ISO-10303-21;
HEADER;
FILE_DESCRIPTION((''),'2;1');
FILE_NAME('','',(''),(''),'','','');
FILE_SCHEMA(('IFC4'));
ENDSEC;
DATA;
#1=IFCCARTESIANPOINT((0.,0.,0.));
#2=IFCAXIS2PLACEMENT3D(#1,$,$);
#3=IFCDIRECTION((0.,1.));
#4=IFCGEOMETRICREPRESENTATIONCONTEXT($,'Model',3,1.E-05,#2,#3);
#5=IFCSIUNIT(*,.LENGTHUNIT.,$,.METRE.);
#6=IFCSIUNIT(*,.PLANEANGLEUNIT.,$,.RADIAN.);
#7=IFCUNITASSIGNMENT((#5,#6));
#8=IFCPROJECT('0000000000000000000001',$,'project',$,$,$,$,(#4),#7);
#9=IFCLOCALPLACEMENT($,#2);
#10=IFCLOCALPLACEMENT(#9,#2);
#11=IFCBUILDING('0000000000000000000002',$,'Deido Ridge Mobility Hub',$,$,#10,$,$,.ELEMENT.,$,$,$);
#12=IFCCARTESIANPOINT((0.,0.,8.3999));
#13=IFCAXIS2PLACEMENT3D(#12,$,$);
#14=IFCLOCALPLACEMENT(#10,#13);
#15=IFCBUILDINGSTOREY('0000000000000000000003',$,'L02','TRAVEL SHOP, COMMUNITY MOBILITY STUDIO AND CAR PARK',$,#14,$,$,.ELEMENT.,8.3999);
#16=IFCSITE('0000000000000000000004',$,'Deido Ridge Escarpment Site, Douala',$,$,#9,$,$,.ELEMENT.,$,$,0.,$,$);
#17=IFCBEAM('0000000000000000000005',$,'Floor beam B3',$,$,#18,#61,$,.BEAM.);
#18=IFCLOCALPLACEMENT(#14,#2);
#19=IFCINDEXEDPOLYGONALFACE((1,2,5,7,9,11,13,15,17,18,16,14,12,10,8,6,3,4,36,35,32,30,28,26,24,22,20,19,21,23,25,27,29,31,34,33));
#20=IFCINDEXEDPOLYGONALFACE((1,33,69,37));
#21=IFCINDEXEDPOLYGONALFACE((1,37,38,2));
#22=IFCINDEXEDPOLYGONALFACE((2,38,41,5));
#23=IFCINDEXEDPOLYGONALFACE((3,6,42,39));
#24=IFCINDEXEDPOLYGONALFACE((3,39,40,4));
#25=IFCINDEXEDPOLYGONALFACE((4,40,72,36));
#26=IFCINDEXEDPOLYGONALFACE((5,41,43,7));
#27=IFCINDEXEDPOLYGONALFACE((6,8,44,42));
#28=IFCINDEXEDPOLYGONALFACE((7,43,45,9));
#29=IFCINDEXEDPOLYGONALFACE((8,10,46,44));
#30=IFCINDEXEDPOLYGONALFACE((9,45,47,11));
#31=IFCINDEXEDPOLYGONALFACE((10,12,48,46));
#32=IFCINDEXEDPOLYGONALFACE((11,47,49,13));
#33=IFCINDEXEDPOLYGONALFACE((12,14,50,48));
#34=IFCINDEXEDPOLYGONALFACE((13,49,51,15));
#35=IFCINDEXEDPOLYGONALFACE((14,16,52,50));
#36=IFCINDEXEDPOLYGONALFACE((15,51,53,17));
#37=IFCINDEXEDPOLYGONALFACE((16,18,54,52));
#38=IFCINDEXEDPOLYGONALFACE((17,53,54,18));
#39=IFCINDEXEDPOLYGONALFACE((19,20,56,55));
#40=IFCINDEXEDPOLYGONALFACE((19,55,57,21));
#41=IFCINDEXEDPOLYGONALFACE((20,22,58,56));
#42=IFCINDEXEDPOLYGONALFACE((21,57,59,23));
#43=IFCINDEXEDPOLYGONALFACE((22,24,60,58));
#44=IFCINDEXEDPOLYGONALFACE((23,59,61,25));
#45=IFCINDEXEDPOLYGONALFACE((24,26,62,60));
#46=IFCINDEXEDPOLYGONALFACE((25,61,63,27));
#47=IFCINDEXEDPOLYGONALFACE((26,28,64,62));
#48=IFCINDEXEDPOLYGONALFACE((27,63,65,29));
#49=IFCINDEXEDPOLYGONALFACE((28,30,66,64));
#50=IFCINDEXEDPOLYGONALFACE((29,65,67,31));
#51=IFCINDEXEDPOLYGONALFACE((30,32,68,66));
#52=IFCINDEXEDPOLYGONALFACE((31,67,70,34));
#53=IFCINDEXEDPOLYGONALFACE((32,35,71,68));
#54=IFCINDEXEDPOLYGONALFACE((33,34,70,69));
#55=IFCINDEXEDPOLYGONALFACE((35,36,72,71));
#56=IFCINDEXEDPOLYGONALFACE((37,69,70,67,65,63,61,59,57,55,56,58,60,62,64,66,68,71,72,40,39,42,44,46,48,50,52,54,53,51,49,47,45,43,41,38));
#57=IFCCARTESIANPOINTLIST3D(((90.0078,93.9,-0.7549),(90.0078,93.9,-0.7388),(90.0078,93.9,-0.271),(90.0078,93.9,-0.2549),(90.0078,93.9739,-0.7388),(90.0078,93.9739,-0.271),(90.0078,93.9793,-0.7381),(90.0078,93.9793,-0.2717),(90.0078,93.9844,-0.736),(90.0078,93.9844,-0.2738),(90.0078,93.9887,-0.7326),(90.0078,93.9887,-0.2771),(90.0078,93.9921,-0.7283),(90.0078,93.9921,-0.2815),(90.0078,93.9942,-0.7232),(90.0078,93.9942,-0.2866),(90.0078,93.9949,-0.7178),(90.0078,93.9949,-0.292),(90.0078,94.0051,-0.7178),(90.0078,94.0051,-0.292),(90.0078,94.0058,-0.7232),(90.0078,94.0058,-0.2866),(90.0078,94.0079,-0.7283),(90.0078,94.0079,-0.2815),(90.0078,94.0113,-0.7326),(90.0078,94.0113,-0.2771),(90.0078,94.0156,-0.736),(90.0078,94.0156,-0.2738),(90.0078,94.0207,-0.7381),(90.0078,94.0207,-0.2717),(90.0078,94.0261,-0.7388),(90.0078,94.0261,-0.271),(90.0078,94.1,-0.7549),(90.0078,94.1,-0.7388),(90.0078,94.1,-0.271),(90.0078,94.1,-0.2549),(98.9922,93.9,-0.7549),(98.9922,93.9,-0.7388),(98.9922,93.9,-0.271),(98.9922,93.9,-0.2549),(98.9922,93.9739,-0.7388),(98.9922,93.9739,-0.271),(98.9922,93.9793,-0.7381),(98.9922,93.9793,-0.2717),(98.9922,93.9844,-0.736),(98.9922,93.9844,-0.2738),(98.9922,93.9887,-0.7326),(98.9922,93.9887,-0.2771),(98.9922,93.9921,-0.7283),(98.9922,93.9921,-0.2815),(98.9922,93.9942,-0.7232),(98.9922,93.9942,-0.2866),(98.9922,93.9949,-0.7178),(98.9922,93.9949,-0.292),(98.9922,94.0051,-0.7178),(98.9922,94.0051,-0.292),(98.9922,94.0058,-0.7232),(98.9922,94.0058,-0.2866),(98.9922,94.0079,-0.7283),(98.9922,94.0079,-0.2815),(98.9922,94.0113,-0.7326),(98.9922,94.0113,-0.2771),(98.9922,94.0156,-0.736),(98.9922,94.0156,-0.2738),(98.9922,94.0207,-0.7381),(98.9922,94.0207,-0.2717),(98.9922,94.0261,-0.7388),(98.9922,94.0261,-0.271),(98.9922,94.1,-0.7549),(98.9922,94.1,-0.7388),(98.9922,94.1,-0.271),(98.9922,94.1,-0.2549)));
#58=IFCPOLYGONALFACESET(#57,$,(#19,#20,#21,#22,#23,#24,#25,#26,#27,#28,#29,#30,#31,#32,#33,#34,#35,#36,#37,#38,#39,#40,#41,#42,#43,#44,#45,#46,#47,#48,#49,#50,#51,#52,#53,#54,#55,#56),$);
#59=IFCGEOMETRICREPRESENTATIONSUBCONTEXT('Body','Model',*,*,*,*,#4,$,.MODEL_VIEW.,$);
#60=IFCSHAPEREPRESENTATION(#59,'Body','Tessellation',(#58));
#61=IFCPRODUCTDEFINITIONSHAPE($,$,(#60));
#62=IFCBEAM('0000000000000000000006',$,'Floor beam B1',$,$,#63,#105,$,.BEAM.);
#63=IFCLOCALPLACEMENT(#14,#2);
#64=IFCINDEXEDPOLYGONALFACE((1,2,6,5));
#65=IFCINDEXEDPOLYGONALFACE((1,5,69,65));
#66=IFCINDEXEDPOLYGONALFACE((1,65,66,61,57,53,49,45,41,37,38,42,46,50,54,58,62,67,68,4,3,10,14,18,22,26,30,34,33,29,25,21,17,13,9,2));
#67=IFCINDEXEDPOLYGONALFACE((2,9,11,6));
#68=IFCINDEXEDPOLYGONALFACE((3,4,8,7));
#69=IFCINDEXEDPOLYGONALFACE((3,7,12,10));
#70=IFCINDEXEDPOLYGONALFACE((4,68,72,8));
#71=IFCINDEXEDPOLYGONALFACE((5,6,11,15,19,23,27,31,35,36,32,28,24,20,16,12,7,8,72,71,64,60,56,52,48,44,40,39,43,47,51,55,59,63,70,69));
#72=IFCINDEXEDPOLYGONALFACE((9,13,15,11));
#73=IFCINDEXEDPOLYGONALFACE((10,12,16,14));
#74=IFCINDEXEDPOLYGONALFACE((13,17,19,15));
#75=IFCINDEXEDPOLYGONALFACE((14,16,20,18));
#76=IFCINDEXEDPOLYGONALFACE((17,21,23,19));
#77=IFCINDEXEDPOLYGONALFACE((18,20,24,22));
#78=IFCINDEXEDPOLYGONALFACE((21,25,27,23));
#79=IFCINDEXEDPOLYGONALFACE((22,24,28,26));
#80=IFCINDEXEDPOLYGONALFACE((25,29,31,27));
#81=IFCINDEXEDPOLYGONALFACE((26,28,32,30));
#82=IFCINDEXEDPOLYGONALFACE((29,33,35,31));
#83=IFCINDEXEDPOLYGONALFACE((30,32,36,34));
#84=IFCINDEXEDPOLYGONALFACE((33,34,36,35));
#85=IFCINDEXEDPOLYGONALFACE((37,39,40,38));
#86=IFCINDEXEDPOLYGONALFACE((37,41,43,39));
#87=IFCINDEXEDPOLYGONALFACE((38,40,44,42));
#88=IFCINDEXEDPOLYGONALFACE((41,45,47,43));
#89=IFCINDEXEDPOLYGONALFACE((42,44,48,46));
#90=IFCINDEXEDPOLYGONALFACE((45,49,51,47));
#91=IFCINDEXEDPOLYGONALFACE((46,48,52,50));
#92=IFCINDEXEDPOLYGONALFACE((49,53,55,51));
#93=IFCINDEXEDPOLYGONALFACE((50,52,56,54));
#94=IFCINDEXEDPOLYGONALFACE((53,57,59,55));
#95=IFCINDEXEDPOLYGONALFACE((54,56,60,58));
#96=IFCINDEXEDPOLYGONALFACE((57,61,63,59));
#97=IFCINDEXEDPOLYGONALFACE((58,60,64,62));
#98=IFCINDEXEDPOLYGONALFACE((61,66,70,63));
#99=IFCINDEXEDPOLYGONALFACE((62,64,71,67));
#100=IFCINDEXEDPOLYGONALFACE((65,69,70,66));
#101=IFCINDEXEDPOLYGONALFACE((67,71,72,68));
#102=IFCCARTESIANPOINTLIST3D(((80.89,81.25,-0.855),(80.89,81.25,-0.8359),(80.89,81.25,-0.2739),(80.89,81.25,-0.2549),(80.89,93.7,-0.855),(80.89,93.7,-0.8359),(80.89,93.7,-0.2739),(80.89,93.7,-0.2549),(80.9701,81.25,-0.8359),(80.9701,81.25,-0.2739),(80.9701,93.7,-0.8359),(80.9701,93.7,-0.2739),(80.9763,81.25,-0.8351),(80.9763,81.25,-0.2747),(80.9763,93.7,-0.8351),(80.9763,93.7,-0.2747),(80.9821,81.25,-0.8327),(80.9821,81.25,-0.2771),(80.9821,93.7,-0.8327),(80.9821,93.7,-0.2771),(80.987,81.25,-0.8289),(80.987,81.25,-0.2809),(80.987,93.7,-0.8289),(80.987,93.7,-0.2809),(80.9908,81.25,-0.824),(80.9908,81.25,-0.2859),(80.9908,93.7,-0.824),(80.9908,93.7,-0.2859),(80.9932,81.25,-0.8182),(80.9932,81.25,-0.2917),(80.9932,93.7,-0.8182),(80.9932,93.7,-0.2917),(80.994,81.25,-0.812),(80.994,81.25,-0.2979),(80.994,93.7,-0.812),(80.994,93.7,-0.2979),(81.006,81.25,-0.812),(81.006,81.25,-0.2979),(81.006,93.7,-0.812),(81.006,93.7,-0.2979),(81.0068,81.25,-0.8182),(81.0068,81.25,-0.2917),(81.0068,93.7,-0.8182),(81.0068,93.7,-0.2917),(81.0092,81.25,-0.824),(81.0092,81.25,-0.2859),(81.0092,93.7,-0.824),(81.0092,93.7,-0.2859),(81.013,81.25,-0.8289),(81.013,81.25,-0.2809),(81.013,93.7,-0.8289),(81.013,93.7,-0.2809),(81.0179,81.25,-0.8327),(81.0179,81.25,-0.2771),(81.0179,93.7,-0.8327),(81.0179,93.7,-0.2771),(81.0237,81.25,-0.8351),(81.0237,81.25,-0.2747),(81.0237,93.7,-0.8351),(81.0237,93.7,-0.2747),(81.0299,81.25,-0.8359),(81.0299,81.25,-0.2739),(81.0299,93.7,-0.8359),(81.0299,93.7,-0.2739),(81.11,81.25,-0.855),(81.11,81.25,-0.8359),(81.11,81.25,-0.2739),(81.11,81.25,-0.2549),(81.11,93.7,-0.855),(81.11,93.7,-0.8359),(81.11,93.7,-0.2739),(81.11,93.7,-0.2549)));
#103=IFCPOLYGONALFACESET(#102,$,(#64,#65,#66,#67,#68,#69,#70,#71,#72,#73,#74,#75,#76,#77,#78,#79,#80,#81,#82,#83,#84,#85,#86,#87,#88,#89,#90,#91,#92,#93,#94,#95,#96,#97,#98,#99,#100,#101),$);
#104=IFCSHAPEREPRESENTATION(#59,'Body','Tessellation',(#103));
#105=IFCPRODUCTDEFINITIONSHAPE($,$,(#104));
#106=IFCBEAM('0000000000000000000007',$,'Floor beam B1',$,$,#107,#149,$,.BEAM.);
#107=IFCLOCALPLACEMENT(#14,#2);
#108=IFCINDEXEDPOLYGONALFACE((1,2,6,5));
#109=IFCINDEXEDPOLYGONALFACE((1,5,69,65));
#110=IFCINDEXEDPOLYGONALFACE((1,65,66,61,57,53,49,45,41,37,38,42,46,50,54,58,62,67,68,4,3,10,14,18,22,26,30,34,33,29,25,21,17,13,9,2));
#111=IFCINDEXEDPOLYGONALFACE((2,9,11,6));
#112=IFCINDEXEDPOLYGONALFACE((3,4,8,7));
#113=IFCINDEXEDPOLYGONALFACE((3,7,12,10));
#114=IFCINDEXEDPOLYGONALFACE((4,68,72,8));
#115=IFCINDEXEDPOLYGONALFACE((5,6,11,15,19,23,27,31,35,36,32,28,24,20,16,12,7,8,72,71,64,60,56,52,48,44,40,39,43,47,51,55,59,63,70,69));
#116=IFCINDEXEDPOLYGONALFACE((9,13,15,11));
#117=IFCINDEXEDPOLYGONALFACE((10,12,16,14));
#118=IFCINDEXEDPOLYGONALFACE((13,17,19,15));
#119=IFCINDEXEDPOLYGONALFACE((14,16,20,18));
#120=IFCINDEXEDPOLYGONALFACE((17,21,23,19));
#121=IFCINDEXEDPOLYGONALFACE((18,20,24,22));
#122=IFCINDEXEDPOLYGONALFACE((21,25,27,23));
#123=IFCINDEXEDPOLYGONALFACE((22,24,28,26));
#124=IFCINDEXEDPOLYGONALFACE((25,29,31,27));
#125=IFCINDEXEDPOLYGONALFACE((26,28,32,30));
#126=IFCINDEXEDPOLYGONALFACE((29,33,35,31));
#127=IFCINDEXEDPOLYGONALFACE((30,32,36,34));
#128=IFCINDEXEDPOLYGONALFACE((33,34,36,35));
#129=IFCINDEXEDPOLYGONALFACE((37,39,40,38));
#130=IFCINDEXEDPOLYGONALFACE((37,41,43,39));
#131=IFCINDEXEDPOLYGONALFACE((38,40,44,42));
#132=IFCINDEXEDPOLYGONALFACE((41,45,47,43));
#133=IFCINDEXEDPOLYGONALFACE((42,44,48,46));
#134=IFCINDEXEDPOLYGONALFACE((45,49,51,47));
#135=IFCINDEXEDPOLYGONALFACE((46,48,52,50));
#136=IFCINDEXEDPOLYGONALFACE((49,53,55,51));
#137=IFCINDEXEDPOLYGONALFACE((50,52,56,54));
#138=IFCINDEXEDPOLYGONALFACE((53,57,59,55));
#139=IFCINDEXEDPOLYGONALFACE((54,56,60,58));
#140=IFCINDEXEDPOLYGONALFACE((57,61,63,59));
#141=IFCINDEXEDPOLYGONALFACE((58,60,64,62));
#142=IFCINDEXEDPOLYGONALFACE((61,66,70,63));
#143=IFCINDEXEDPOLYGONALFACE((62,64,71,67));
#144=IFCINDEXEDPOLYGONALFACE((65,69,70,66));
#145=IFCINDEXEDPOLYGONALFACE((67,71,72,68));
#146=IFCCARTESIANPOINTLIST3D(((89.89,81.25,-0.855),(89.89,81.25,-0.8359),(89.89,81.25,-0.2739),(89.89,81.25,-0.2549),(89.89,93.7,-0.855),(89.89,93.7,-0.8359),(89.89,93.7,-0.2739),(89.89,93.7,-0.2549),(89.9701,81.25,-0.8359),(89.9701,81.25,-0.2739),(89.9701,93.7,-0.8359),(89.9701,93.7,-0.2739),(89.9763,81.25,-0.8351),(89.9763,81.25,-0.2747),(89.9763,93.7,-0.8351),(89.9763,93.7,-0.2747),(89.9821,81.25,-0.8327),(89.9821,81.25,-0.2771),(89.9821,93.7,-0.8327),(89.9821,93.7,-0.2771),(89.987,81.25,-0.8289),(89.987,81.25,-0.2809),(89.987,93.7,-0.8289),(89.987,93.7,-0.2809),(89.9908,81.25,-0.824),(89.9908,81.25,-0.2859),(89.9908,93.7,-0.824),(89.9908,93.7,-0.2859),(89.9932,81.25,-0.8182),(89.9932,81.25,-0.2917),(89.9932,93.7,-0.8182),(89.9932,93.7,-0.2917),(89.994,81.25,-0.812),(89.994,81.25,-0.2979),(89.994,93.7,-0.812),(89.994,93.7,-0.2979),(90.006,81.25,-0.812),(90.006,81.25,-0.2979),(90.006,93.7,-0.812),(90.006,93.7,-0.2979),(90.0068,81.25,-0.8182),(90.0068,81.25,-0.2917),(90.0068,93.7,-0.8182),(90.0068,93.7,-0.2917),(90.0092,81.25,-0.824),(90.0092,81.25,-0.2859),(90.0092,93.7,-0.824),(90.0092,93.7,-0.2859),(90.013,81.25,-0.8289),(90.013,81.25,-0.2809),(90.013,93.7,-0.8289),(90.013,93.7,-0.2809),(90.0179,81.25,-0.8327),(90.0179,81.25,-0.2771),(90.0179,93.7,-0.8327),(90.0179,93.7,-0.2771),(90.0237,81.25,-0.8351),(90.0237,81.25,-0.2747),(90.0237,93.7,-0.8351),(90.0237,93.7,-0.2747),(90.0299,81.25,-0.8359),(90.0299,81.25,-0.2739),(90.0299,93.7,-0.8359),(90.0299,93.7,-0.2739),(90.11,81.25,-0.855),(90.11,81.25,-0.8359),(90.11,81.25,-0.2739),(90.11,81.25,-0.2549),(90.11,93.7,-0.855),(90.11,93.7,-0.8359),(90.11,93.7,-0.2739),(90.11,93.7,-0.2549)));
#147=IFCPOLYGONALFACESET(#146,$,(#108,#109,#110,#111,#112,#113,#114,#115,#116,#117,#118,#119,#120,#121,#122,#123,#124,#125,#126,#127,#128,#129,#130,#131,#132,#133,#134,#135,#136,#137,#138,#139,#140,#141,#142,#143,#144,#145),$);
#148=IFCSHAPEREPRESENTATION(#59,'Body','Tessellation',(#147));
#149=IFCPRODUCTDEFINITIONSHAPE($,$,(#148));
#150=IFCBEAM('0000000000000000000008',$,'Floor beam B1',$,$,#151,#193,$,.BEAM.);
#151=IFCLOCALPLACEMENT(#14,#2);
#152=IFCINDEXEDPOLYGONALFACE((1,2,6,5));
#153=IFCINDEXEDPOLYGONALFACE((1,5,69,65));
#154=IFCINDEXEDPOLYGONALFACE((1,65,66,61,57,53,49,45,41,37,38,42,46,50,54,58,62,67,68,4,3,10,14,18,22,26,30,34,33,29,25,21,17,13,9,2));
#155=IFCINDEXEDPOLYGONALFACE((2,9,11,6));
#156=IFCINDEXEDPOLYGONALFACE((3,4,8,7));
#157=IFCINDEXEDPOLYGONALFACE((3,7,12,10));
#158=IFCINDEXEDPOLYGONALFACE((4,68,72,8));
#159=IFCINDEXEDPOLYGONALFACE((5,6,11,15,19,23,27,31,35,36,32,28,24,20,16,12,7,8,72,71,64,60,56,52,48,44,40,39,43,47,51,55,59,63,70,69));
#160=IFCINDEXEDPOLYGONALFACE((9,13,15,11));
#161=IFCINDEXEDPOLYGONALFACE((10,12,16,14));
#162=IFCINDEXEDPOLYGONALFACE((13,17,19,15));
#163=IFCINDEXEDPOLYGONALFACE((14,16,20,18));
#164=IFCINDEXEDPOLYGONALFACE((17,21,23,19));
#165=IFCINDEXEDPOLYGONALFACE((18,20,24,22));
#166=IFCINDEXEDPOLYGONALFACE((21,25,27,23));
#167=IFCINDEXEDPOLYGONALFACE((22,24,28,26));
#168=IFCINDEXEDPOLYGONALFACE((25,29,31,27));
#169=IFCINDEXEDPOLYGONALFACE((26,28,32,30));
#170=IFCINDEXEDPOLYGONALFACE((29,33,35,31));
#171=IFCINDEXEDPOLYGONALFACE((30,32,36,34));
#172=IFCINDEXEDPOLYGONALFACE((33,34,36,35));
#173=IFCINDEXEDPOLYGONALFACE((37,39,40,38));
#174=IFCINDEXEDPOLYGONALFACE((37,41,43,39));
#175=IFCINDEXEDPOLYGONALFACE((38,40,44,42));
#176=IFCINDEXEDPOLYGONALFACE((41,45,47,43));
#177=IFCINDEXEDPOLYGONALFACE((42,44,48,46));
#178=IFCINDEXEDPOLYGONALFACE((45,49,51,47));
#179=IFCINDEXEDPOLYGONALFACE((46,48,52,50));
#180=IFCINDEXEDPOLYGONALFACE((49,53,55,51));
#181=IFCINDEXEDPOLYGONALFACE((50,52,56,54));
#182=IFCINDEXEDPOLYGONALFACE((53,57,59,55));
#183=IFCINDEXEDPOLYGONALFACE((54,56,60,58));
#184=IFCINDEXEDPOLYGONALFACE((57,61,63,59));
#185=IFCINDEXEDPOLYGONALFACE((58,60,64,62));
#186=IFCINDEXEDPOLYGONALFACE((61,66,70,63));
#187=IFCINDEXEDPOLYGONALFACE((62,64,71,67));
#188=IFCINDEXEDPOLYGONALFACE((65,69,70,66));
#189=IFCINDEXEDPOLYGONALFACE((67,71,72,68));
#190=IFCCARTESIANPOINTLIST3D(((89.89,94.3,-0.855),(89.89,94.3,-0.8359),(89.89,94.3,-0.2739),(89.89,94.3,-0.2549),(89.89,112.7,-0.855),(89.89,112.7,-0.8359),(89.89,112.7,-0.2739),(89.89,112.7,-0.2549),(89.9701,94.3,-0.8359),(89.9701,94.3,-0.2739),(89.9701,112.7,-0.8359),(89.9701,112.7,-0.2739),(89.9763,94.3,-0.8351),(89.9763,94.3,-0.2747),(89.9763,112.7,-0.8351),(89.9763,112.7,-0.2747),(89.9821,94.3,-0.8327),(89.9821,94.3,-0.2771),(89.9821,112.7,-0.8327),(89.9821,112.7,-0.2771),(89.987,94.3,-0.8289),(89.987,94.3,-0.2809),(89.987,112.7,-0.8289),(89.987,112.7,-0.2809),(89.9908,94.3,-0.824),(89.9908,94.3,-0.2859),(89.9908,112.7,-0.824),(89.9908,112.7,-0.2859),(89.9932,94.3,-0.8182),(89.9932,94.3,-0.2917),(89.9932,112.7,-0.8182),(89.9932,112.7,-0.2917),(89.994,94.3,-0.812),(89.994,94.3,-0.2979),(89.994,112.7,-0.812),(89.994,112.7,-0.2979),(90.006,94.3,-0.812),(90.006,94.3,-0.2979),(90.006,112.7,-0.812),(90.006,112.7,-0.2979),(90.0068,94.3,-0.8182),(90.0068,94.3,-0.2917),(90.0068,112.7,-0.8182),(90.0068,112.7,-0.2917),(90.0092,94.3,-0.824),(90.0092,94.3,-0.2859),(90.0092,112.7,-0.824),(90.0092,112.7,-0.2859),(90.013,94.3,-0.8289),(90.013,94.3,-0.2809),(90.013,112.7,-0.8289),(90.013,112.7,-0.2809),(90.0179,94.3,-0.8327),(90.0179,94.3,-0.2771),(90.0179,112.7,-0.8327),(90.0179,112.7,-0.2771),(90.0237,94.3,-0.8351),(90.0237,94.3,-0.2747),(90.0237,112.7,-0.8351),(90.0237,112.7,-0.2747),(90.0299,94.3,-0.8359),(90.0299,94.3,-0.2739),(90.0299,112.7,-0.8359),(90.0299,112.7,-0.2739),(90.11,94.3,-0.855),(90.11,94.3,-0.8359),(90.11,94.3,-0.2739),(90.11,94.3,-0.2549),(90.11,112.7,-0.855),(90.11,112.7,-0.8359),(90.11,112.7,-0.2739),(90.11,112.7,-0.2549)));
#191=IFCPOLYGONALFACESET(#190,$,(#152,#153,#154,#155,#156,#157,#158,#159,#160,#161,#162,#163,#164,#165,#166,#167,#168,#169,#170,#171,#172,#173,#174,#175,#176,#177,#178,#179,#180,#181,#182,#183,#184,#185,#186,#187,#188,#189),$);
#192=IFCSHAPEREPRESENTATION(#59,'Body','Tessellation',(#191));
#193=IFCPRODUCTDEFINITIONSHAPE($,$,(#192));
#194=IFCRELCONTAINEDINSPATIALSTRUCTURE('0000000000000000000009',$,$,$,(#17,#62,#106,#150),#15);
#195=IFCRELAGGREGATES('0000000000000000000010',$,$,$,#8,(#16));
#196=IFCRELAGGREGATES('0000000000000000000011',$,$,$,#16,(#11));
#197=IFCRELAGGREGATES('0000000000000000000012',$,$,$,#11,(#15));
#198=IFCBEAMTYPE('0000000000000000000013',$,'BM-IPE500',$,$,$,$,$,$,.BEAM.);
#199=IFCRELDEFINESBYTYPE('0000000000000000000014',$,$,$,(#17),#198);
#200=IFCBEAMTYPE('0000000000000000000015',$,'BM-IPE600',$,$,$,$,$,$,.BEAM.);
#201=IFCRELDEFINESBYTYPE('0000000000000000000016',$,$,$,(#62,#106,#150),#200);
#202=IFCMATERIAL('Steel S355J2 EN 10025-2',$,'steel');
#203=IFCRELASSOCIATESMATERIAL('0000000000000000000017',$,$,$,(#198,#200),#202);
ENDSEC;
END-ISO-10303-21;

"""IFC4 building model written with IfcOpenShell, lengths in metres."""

from ifc_helpers import new_model, si_unit, direction, frame, origin, origin_2d, place, context, subcontext, project, spatial, i_section, extrude, material, material_profile, profile_set, type_object, element, save


model = new_model("IFC4")

# Units and contexts
model_context = context("Model", 3, precision=1e-05, world=origin(), true_north=direction((0.0, 1.0)))
body_context = subcontext(model_context, "Body", "Model", "MODEL_VIEW")
ifc_project = project(units=[si_unit("LENGTHUNIT", "METRE"), si_unit("PLANEANGLEUNIT", "RADIAN")], contexts=[model_context])

# Site, building, storey
site_placement = place(None, origin())
site = spatial("IfcSite", under=ifc_project, at=site_placement, Name="Deido Ridge Escarpment Site, Douala", CompositionType="ELEMENT", RefElevation=0.0)
building_placement = place(site_placement, origin())
building = spatial("IfcBuilding", under=site, at=building_placement, Name="Deido Ridge Mobility Hub", CompositionType="ELEMENT")
storey_placement = place(building_placement, frame((0.0, 0.0, 8.3999)))
storey = spatial("IfcBuildingStorey", under=building, at=storey_placement, Name="L02", Description="TRAVEL SHOP, COMMUNITY MOBILITY STUDIO AND CAR PARK", CompositionType="ELEMENT", Elevation=8.3999)

# Shared definitions
ifc_material_1 = material(Name="Steel S355J2 EN 10025-2", Category="steel")

# Beams
ifc_material_profile_1 = material_profile(ifc_material_1, i_section(OverallWidth=0.2, OverallDepth=0.5, WebThickness=0.0103, FlangeThickness=0.0161, FilletRadius=0.021, at=origin_2d()), Name="IPE 500")
ifc_profile_set_1 = profile_set([ifc_material_profile_1], Name="Steel S355J2 EN 10025-2")
beam_type_1 = type_object("IfcBeamType", Name="BM-IPE500", PredefinedType="BEAM", material=ifc_profile_set_1)
for number, where, z_axis, x_axis, name in (
    (1, (90.0078, 94.0, -0.5049), (1.0, 0.0, 0.0), (0.0, 1.0, 0.0), "Floor beam B3"),
):
    element("IfcBeam", number, at=place(storey_placement, frame(where, z_axis=z_axis, x_axis=x_axis)), inside=storey, type_object=beam_type_1, Name=name, PredefinedType="BEAM", context=body_context, shape_type="SweptSolid", body=[
        extrude(i_section(OverallWidth=0.2, OverallDepth=0.5, WebThickness=0.0103, FlangeThickness=0.0161, FilletRadius=0.021, at=origin_2d()), origin(), (0.0, 0.0, 1.0), 8.9844),
    ])
ifc_material_profile_2 = material_profile(ifc_material_1, i_section(OverallWidth=0.22, OverallDepth=0.6001, WebThickness=0.012, FlangeThickness=0.019, FilletRadius=0.0239, at=origin_2d()), Name="IPE 600")
ifc_profile_set_2 = profile_set([ifc_material_profile_2], Name="Steel S355J2 EN 10025-2")
beam_type_2 = type_object("IfcBeamType", Name="BM-IPE600", PredefinedType="BEAM", material=ifc_profile_set_2)
for number, where, z_axis, x_axis, name in (
    (2, (81.0, 81.25, -0.5549), (0.0, 1.0, 0.0), (-1.0, 0.0, 0.0), "Floor beam B1"),
    (3, (90.0, 81.25, -0.5549), (0.0, 1.0, 0.0), (-1.0, 0.0, 0.0), "Floor beam B1"),
):
    element("IfcBeam", number, at=place(storey_placement, frame(where, z_axis=z_axis, x_axis=x_axis)), inside=storey, type_object=beam_type_2, Name=name, PredefinedType="BEAM", context=body_context, shape_type="SweptSolid", body=[
        extrude(i_section(OverallWidth=0.22, OverallDepth=0.6001, WebThickness=0.012, FlangeThickness=0.019, FilletRadius=0.0239, at=origin_2d()), origin(), (0.0, 0.0, 1.0), 12.45),
    ])
beam_1_placement = place(storey_placement, frame((90.0, 94.3, -0.5549), z_axis=(0.0, 1.0, 0.0), x_axis=(-1.0, 0.0, 0.0)))
element("IfcBeam", 4, at=beam_1_placement, inside=storey, type_object=beam_type_2, Name="Floor beam B1", PredefinedType="BEAM", context=body_context, shape_type="SweptSolid", body=[
    extrude(i_section(OverallWidth=0.22, OverallDepth=0.6001, WebThickness=0.012, FlangeThickness=0.019, FilletRadius=0.0239, at=origin_2d()), origin(), (0.0, 0.0, 1.0), 18.3999),
])

save(model, "model.ifc")
